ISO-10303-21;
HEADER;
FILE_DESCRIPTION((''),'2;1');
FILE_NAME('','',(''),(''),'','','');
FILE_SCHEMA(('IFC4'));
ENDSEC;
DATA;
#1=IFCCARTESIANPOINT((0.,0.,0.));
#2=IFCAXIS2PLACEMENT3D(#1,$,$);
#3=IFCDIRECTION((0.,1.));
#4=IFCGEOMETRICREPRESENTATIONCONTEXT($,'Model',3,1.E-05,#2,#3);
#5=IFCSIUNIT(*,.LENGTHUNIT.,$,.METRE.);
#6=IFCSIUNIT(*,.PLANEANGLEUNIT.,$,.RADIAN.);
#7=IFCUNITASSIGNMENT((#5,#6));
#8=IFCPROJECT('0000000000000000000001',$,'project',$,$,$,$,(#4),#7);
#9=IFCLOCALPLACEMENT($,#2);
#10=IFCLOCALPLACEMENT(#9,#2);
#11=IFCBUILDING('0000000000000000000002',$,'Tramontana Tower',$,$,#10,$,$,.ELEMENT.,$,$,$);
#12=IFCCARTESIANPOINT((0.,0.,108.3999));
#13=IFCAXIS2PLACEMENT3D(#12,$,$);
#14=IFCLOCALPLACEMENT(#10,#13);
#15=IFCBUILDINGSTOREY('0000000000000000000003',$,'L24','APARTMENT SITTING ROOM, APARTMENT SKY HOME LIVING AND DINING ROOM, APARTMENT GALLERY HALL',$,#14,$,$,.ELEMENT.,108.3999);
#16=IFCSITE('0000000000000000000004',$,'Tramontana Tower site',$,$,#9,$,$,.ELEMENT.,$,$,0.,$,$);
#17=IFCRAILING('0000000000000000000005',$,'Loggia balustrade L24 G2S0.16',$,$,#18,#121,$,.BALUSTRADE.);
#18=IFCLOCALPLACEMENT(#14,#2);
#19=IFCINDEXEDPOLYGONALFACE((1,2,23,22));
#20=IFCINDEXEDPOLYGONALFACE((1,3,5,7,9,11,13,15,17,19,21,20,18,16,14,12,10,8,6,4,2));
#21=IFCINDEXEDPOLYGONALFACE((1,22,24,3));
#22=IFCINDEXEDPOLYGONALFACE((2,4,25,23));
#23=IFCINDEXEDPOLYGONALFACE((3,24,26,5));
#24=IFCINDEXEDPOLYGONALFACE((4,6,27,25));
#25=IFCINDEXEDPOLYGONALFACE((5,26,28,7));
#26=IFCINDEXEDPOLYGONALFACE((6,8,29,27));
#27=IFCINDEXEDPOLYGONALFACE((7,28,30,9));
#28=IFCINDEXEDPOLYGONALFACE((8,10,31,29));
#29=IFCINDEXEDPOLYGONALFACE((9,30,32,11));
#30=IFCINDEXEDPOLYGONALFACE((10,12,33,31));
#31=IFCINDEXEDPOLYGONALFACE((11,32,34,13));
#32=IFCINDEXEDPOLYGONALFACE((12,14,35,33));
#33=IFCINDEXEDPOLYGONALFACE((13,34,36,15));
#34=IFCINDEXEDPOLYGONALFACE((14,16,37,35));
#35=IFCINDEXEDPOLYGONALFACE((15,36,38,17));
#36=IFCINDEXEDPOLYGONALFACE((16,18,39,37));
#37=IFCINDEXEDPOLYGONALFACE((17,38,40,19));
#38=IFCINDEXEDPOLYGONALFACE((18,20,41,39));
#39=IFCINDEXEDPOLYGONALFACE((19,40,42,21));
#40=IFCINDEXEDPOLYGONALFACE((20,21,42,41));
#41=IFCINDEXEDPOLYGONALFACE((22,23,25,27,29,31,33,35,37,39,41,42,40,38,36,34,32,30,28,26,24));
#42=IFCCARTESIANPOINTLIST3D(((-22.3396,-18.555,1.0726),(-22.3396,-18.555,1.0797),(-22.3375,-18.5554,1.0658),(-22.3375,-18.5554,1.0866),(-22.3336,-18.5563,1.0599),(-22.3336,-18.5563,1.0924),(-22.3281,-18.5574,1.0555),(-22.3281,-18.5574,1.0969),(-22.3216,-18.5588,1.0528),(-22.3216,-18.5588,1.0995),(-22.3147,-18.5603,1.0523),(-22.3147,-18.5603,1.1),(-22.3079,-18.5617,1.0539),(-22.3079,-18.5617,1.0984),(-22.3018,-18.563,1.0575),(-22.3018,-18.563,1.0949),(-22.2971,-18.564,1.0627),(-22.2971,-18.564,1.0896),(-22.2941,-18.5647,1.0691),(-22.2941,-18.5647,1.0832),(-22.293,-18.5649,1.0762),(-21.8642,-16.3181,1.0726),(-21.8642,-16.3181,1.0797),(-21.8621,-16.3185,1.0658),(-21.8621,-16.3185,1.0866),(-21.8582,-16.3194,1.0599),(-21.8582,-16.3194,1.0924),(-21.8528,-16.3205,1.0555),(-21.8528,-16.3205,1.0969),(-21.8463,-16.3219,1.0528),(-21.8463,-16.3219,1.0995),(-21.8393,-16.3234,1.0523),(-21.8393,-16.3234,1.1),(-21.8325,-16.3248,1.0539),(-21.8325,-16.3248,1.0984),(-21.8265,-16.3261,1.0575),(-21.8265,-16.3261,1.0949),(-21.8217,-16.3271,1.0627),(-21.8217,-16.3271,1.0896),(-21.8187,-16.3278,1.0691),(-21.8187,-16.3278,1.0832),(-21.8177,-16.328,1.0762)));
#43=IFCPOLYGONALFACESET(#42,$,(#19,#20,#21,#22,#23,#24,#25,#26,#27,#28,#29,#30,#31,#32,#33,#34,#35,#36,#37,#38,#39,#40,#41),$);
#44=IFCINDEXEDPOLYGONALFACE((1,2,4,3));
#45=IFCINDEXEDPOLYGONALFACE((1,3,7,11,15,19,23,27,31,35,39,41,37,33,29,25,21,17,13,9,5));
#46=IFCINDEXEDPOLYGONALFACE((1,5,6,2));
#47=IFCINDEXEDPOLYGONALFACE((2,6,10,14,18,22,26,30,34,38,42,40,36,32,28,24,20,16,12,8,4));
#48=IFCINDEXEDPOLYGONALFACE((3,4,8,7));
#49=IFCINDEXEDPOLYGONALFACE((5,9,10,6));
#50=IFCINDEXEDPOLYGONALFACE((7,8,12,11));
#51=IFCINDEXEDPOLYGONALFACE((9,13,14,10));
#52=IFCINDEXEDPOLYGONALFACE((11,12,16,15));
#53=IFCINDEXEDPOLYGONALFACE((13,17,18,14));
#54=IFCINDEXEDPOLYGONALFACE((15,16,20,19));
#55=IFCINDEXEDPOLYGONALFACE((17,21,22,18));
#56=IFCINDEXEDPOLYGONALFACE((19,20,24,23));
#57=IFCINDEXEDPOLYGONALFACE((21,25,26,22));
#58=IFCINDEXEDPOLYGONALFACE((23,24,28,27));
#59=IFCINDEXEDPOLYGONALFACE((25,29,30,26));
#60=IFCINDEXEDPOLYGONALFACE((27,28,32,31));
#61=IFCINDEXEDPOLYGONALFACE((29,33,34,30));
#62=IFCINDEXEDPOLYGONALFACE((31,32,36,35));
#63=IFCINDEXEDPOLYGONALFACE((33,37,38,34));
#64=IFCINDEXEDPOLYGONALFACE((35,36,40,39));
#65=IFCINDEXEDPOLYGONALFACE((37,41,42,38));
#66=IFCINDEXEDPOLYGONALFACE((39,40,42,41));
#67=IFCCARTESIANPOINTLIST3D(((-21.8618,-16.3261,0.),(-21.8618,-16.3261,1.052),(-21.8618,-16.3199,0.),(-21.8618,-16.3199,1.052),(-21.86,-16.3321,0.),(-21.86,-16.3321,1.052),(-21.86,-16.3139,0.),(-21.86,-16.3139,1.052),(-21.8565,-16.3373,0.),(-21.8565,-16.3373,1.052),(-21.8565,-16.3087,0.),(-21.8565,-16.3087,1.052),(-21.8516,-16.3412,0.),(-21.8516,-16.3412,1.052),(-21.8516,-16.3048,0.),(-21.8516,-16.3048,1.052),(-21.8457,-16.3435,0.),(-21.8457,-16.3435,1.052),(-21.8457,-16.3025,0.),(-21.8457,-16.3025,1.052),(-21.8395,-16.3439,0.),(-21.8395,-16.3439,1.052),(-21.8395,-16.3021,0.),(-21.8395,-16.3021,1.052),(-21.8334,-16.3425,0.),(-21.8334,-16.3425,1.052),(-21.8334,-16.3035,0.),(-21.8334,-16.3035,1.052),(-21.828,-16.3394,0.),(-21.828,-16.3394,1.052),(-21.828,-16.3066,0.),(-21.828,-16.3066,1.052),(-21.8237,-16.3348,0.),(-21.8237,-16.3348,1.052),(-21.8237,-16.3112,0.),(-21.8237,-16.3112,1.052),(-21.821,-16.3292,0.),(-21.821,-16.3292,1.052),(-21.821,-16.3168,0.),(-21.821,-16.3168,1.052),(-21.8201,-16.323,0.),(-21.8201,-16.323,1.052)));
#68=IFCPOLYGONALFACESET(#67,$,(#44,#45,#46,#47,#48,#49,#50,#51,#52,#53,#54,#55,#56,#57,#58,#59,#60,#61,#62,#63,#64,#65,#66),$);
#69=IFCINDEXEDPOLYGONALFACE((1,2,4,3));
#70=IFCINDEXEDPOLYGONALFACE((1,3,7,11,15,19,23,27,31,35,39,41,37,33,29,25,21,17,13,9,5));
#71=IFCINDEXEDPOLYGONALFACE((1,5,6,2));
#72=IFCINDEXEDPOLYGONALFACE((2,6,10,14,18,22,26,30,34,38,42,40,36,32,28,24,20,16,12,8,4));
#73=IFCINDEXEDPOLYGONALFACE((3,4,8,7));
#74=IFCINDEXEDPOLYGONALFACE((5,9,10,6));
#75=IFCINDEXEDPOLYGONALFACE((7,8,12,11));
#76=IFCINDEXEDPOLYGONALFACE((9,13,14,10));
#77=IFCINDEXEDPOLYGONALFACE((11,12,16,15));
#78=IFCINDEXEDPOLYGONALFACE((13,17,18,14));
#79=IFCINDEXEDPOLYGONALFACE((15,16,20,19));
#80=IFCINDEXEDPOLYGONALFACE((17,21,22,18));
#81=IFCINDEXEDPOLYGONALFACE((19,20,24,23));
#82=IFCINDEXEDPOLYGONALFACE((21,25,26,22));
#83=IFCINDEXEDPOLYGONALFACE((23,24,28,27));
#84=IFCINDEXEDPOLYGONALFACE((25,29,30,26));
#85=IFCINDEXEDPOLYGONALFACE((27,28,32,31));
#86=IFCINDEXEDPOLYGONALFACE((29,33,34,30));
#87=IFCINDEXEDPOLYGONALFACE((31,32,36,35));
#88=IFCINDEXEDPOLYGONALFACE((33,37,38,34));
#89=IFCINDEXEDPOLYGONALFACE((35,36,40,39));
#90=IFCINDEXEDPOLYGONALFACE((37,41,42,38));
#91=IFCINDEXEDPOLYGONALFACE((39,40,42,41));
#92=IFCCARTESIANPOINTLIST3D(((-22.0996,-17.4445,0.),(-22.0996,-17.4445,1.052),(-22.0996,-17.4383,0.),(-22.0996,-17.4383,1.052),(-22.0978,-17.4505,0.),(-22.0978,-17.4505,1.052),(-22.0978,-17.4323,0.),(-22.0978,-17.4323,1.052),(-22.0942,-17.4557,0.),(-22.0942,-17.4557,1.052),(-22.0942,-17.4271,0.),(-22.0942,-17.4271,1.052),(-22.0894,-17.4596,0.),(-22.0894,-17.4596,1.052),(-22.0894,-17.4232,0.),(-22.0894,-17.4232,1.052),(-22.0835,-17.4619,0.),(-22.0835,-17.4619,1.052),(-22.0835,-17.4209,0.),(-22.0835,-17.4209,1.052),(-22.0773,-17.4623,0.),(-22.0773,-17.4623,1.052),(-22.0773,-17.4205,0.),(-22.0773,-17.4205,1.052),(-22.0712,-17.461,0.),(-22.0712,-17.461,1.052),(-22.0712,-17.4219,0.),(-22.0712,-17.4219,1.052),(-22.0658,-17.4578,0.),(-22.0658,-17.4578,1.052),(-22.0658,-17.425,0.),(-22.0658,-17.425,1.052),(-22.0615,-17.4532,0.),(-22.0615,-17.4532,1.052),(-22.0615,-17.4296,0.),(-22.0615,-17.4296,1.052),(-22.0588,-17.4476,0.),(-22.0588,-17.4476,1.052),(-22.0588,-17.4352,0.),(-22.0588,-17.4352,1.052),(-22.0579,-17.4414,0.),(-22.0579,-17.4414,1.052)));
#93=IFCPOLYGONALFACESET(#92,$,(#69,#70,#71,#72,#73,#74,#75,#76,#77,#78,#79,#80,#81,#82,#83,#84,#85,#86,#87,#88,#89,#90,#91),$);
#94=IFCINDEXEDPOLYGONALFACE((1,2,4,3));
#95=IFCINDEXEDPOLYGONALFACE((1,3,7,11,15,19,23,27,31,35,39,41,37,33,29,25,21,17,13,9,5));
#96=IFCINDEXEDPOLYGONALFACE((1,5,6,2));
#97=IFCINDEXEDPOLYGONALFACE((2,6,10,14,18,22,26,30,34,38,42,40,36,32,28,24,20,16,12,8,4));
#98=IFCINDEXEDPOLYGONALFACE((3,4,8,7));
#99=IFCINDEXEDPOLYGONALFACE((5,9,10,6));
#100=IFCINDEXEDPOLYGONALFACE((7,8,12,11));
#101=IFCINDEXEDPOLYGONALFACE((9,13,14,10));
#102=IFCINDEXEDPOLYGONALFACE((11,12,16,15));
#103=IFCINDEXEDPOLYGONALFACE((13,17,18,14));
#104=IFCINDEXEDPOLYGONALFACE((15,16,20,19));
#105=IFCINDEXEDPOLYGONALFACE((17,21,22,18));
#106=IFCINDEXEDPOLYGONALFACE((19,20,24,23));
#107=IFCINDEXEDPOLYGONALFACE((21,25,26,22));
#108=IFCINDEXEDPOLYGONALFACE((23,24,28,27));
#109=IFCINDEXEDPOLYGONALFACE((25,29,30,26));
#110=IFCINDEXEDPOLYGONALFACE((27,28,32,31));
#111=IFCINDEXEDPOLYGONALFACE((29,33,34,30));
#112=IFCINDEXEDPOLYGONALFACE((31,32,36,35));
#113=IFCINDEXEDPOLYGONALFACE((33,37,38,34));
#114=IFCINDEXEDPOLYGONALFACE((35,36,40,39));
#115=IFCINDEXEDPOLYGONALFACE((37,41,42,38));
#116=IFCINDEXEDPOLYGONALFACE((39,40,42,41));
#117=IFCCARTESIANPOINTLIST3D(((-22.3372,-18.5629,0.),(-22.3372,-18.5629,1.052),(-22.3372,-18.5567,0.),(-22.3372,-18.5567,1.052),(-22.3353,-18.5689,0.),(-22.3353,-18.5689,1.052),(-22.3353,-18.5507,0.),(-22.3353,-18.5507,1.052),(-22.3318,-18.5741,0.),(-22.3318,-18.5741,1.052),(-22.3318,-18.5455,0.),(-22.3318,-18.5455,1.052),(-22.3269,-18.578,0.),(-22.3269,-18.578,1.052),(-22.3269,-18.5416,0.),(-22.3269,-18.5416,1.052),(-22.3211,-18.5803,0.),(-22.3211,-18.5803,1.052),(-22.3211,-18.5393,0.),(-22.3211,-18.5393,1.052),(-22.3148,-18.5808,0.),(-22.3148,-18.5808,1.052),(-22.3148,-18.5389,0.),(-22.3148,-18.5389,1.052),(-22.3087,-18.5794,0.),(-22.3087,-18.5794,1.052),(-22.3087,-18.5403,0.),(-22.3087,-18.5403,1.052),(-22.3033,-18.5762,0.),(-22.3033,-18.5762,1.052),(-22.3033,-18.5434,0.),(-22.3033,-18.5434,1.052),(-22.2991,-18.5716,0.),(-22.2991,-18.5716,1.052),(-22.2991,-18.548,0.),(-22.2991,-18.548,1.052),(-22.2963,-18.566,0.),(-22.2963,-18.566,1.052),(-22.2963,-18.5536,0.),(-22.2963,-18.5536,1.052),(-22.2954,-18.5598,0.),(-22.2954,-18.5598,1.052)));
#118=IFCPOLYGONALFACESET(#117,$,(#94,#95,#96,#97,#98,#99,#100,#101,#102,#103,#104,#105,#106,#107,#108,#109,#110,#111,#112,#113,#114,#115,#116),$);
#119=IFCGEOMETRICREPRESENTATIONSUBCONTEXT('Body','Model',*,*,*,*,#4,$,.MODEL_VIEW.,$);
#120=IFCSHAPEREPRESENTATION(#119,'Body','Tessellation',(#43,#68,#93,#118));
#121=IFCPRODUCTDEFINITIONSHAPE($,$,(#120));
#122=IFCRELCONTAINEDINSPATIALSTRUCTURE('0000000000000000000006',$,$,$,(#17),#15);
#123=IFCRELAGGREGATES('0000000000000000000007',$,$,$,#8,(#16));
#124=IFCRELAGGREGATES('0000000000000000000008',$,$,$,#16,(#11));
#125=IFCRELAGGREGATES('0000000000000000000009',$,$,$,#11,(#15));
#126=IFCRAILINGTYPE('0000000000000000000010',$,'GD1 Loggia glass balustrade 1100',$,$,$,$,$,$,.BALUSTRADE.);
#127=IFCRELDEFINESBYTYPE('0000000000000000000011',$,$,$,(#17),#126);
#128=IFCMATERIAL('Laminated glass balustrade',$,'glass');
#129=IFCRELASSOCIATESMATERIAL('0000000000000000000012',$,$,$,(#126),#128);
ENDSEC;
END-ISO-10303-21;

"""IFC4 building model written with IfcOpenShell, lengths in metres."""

from ifc_helpers import new_model, si_unit, direction, frame, origin, origin_2d, place, context, subcontext, project, spatial, circle, extrude, material, type_object, element, save


model = new_model("IFC4")

# Units and contexts
model_context = context("Model", 3, precision=1e-05, world=origin(), true_north=direction((0.0, 1.0)))
body_context = subcontext(model_context, "Body", "Model", "MODEL_VIEW")
ifc_project = project(units=[si_unit("LENGTHUNIT", "METRE"), si_unit("PLANEANGLEUNIT", "RADIAN")], contexts=[model_context])

# Site, building, storey
site_placement = place(None, origin())
site = spatial("IfcSite", under=ifc_project, at=site_placement, Name="Tramontana Tower site", CompositionType="ELEMENT", RefElevation=0.0)
building_placement = place(site_placement, origin())
building = spatial("IfcBuilding", under=site, at=building_placement, Name="Tramontana Tower", CompositionType="ELEMENT")
storey_placement = place(building_placement, frame((0.0, 0.0, 108.3999)))
storey = spatial("IfcBuildingStorey", under=building, at=storey_placement, Name="L24", Description="APARTMENT SITTING ROOM, APARTMENT SKY HOME LIVING AND DINING ROOM, APARTMENT GALLERY HALL", CompositionType="ELEMENT", Elevation=108.3999)

# Railing
ifc_material_1 = material(Name="Laminated glass balustrade", Category="glass")
railing_type = type_object("IfcRailingType", Name="GD1 Loggia glass balustrade 1100", PredefinedType="BALUSTRADE", material=ifc_material_1)
railing_1_placement = place(storey_placement, frame((-21.8411, -16.323, 0.0)))
element("IfcRailing", 1, at=railing_1_placement, inside=storey, type_object=railing_type, Name="Loggia balustrade L24 G2S0.16", PredefinedType="BALUSTRADE", context=body_context, shape_type="SweptSolid", body=[
    extrude(circle(Radius=0.0239, at=origin_2d()), frame((0.0, 0.0, 1.0762), z_axis=(-0.207866, -0.978157, 0.0), x_axis=(0.978157, -0.207866, 0.0)), (0.0, 0.0, 1.0), 2.2869),
    extrude(circle(Radius=0.021, at=origin_2d()), origin(), (0.0, 0.0, 1.0), 1.052),
    extrude(circle(Radius=0.021, at=origin_2d()), frame((-0.2378, -1.1184, 0.0)), (0.0, 0.0, 1.0), 1.052),
    extrude(circle(Radius=0.021, at=origin_2d()), frame((-0.4753, -2.2368, 0.0)), (0.0, 0.0, 1.0), 1.052),
])

save(model, "model.ifc")
